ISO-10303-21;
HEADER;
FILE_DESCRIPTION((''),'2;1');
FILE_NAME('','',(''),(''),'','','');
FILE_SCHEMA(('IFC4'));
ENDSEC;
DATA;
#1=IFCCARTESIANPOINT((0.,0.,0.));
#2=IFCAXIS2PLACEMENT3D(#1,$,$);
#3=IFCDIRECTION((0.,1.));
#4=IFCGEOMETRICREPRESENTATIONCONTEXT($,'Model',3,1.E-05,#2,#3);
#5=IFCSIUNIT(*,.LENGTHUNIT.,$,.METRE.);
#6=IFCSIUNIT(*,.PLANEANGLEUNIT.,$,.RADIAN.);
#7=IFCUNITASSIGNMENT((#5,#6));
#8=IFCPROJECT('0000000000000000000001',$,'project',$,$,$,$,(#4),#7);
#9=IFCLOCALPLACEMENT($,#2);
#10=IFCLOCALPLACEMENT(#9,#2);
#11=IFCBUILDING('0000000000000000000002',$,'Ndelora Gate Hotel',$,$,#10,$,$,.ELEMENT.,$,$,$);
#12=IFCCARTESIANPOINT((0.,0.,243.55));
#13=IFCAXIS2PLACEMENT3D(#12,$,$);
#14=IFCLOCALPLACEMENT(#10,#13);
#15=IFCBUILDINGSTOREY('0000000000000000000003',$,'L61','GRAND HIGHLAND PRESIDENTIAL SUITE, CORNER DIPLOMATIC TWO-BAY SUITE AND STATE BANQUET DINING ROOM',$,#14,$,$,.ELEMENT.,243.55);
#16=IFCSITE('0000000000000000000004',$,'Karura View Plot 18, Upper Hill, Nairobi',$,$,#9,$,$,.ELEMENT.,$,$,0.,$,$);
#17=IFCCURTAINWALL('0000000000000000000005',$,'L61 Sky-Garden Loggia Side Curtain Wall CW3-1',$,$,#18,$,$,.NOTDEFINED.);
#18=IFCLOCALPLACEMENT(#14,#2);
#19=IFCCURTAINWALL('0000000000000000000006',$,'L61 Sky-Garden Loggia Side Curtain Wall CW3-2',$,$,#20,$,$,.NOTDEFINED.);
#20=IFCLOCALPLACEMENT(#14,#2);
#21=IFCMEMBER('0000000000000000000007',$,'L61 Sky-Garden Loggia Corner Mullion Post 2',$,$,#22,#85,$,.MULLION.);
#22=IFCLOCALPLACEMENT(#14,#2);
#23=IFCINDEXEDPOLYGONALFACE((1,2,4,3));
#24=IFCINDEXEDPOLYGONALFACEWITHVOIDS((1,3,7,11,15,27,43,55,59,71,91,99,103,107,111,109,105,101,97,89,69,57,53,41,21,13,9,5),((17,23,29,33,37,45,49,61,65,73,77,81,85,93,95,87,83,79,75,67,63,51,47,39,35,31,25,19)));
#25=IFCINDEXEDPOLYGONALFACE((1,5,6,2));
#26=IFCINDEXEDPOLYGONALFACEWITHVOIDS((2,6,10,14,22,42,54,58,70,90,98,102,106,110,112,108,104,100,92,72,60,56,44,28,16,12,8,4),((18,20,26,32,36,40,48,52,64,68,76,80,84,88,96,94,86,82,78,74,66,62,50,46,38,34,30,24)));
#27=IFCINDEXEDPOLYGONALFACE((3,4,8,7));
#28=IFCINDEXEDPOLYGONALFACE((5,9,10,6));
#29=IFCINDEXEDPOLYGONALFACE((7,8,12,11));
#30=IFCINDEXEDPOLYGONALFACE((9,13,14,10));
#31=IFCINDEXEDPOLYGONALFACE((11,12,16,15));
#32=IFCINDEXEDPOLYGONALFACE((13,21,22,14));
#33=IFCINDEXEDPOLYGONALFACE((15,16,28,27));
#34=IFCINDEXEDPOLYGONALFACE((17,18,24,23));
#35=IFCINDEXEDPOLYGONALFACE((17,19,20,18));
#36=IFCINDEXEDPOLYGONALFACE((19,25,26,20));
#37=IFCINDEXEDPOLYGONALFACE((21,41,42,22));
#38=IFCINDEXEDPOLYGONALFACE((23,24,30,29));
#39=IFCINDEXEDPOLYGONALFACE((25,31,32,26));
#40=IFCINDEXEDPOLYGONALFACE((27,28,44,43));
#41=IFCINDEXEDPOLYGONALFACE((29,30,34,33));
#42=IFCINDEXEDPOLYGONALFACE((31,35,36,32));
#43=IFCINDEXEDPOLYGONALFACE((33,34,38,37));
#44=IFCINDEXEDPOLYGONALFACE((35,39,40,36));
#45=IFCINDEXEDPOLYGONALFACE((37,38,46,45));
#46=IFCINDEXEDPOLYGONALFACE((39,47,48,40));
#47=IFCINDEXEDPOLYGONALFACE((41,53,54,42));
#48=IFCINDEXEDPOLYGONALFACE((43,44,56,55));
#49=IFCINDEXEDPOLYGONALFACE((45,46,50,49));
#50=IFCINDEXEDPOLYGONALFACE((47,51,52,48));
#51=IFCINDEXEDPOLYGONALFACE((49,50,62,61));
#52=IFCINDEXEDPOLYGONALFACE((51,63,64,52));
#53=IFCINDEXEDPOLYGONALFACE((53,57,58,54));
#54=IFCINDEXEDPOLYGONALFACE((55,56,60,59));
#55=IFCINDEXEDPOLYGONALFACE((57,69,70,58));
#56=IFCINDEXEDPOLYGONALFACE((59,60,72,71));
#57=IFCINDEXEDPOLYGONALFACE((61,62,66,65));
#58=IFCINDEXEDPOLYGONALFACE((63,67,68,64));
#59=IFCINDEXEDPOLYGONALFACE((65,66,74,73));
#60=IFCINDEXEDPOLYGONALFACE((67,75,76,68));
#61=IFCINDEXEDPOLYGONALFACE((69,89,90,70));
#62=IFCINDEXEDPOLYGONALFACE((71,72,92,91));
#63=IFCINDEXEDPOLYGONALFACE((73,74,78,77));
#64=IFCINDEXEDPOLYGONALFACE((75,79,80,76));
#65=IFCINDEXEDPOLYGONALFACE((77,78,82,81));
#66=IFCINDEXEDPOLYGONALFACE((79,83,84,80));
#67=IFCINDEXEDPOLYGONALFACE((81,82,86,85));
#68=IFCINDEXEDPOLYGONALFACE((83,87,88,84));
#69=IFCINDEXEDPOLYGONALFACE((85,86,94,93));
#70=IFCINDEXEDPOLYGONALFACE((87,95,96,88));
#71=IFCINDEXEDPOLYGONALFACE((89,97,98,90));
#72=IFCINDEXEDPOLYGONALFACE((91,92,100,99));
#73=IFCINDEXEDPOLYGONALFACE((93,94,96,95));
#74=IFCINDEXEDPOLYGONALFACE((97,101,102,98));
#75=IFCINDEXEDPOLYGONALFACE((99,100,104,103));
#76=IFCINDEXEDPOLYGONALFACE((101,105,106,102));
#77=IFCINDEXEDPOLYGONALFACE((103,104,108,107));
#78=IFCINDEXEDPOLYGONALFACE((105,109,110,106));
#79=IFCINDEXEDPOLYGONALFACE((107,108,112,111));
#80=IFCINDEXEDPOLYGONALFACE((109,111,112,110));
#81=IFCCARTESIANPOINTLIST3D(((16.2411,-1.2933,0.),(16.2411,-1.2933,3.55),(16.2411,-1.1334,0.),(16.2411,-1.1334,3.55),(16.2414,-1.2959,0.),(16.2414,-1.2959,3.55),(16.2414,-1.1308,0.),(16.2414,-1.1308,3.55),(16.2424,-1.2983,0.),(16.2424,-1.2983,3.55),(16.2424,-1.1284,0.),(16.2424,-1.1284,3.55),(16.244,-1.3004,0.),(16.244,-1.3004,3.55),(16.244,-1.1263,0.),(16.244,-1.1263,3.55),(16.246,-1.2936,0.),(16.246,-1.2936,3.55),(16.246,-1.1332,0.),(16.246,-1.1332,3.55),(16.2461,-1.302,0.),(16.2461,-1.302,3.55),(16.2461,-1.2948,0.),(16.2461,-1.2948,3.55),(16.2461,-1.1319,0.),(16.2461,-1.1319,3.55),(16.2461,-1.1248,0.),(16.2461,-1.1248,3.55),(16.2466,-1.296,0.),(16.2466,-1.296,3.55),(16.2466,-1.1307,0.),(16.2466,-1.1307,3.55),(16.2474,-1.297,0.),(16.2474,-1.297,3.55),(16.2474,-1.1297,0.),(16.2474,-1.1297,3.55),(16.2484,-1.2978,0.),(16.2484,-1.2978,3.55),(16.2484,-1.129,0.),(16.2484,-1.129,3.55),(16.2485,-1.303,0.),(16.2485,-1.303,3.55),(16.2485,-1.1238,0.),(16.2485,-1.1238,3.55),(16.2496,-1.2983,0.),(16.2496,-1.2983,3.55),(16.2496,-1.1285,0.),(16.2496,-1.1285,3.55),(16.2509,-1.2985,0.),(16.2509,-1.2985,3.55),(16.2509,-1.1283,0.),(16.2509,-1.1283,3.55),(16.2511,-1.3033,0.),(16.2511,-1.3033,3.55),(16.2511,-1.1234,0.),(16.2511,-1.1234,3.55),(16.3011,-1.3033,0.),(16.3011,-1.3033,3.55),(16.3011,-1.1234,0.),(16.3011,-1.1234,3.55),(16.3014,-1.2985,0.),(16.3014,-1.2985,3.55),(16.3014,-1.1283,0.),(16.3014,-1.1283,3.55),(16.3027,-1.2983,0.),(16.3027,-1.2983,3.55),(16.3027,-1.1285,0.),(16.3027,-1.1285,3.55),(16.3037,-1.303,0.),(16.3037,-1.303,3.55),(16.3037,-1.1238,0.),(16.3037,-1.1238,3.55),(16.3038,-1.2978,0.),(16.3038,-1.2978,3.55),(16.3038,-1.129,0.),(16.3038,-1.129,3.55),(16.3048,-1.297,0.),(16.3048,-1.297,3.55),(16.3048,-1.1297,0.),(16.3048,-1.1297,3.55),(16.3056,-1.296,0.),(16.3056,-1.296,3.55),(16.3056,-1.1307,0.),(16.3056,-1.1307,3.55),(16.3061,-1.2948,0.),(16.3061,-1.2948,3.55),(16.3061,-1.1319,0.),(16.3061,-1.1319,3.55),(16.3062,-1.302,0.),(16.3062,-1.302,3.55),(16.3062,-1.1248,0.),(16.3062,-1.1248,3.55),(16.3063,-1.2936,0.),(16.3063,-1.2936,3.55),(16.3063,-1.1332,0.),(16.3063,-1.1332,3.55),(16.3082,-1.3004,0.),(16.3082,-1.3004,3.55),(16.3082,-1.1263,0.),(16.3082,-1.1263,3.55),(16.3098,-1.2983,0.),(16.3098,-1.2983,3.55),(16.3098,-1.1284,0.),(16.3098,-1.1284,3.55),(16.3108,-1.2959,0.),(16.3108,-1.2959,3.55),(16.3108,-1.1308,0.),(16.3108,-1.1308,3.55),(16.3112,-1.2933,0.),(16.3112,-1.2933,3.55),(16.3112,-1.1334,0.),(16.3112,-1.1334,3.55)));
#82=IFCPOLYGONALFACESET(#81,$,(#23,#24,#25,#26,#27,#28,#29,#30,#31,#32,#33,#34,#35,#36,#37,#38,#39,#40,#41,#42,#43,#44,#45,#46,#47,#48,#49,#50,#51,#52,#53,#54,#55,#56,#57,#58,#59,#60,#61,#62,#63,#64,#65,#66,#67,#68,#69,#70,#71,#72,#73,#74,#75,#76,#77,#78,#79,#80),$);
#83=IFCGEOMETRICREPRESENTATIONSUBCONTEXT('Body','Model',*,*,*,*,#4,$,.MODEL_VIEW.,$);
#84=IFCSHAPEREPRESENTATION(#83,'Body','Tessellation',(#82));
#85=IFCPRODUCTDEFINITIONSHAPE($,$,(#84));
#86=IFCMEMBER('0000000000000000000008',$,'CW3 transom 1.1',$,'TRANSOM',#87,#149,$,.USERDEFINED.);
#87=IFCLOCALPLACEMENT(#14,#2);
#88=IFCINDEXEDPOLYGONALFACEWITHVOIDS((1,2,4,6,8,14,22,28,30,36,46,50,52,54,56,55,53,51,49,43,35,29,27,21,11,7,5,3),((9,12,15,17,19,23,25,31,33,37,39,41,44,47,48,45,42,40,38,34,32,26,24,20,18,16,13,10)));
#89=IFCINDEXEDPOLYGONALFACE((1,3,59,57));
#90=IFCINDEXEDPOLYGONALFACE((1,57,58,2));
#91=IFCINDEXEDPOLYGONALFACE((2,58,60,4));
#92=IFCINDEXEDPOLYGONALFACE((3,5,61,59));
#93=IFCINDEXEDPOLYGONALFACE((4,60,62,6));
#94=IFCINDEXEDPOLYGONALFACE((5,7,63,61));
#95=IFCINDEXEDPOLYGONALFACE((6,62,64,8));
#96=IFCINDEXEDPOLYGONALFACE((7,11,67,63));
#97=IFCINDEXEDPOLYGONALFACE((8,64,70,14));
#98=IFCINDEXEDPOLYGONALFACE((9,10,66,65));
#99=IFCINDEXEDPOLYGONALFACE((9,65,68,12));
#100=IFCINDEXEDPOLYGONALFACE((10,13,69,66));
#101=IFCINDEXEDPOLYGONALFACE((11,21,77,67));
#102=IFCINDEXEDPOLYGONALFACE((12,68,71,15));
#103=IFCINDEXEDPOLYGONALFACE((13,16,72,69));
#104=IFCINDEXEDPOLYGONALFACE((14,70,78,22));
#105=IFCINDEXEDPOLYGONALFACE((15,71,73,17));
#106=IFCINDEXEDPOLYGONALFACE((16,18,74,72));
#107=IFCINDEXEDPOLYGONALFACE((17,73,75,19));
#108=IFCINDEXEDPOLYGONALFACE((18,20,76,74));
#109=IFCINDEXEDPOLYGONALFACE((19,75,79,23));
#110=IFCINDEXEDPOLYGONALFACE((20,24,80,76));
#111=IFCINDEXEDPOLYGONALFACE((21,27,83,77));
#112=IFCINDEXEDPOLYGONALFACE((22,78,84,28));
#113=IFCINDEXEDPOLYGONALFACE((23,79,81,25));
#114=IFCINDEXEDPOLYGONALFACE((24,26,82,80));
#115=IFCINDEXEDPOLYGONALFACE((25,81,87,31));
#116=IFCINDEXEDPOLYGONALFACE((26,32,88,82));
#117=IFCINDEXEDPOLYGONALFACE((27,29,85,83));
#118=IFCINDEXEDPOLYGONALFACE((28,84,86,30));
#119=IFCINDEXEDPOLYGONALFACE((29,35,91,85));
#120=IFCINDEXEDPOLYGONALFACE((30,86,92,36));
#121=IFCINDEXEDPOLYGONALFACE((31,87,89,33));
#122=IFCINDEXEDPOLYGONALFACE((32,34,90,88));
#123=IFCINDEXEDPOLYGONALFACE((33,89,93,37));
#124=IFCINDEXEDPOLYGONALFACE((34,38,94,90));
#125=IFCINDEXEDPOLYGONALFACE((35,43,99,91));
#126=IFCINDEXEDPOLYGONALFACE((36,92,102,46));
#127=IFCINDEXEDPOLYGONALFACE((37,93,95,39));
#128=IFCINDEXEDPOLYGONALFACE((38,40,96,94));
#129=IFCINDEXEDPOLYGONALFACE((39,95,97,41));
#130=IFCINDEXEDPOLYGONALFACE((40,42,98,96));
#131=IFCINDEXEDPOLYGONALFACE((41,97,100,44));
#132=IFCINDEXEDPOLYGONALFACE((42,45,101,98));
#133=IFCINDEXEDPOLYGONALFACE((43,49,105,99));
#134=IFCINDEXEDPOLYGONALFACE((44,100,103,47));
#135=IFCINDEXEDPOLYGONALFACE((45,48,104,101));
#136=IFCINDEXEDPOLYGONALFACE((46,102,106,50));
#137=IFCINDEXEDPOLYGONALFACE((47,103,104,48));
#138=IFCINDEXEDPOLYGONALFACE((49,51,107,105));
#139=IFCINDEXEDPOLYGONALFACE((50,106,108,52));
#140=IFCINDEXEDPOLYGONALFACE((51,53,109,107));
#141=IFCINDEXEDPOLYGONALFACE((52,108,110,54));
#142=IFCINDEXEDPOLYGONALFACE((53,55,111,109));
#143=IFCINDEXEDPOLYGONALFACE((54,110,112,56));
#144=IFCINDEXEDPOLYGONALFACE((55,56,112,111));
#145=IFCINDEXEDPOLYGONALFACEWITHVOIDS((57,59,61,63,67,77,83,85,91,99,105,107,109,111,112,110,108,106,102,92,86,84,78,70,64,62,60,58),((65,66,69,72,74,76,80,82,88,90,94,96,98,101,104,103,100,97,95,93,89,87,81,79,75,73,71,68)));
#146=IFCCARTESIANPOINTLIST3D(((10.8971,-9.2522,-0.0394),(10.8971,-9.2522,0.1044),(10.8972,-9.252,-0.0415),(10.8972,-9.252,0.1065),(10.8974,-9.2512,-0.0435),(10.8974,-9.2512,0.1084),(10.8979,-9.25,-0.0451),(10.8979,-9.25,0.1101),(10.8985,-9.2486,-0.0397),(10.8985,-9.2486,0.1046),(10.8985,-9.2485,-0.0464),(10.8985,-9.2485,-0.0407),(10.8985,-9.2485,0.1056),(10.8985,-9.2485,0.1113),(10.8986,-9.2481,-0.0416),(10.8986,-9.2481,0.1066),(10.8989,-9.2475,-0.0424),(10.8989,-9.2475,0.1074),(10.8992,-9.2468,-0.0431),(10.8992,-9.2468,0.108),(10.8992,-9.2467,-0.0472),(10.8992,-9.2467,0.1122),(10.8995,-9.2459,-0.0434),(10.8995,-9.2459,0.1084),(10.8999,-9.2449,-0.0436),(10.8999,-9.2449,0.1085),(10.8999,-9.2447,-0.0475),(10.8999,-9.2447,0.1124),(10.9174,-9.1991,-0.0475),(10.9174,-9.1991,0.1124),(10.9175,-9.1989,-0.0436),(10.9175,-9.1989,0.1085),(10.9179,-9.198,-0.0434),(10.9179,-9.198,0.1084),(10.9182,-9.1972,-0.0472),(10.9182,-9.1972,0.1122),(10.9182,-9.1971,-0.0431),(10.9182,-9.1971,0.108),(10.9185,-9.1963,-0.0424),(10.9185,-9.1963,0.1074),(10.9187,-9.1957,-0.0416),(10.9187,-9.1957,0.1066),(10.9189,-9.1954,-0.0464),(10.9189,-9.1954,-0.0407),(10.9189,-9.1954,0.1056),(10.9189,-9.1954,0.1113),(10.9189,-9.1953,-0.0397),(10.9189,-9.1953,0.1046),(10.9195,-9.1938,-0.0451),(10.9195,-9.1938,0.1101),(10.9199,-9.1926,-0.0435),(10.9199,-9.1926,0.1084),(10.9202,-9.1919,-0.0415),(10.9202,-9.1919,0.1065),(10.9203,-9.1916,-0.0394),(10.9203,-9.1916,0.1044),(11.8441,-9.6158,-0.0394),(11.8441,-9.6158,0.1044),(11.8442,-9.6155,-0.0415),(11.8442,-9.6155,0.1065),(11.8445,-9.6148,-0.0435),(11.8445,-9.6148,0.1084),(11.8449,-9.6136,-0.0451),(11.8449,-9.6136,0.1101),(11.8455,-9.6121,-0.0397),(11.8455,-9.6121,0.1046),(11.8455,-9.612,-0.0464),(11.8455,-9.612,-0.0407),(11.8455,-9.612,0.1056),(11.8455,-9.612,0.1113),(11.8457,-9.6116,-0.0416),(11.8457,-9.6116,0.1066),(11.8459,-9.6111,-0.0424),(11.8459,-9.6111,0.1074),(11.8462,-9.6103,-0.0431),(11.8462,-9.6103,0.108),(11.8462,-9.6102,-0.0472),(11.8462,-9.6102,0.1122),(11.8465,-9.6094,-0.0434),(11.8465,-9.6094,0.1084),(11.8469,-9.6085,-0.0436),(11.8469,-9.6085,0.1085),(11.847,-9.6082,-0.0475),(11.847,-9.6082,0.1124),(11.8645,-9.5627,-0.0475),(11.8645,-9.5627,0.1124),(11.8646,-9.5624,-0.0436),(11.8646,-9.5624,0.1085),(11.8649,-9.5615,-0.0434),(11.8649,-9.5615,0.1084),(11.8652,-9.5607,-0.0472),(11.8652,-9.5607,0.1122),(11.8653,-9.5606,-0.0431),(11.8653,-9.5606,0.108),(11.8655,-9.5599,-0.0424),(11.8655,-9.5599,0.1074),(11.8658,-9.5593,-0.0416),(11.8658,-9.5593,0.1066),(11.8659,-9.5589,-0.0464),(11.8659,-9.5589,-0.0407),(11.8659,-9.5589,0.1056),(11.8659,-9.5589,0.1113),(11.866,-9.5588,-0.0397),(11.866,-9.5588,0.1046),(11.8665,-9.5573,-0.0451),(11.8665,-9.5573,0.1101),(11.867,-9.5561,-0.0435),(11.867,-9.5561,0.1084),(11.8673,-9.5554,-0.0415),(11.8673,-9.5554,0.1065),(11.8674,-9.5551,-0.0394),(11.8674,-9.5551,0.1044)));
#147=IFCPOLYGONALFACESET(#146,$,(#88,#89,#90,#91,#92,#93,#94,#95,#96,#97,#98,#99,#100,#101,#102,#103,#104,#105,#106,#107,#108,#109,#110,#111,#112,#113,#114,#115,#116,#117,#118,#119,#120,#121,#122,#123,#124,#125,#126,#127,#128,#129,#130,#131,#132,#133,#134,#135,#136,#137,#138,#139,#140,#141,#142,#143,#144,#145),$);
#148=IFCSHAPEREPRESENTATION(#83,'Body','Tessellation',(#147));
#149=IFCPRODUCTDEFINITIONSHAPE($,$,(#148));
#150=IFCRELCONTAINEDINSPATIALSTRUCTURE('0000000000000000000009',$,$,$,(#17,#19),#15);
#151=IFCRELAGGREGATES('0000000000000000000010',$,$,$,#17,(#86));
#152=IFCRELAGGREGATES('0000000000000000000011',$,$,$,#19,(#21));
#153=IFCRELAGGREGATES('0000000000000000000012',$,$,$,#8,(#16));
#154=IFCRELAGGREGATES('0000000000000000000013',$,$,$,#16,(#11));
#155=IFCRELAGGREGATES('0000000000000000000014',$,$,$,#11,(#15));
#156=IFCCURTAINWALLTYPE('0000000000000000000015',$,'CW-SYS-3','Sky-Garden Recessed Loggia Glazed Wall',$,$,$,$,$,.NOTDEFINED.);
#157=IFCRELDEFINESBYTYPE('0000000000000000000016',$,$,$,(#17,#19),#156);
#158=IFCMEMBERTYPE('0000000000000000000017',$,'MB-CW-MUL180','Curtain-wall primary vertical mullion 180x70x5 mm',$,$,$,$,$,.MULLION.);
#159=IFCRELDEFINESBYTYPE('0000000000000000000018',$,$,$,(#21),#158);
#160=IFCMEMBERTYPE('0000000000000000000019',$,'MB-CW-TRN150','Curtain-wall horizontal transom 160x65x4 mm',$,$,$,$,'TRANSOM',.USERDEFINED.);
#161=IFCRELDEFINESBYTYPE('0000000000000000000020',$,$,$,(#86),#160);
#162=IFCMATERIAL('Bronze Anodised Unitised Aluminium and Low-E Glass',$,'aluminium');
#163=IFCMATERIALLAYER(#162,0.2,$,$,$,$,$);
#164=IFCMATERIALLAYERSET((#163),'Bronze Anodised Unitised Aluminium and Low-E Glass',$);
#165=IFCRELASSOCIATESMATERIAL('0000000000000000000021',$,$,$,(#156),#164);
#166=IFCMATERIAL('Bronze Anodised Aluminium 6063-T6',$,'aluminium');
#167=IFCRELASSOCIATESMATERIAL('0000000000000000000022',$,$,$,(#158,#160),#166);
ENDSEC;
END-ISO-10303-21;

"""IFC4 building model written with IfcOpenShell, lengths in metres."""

from ifc_helpers import new_model, si_unit, direction, frame, origin, origin_2d, place, context, subcontext, project, spatial, hollow_rectangle, extrude, material, layer, layer_set, material_profile, profile_set, type_object, element, aggregate, save


model = new_model("IFC4")

# Units and contexts
model_context = context("Model", 3, precision=1e-05, world=origin(), true_north=direction((0.0, 1.0)))
body_context = subcontext(model_context, "Body", "Model", "MODEL_VIEW")
ifc_project = project(units=[si_unit("LENGTHUNIT", "METRE"), si_unit("PLANEANGLEUNIT", "RADIAN")], contexts=[model_context])

# Site, building, storey
site_placement = place(None, origin())
site = spatial("IfcSite", under=ifc_project, at=site_placement, Name="Karura View Plot 18, Upper Hill, Nairobi", CompositionType="ELEMENT", RefElevation=0.0)
building_placement = place(site_placement, origin())
building = spatial("IfcBuilding", under=site, at=building_placement, Name="Ndelora Gate Hotel", CompositionType="ELEMENT")
storey_placement = place(building_placement, frame((0.0, 0.0, 243.55)))
storey = spatial("IfcBuildingStorey", under=building, at=storey_placement, Name="L61", Description="GRAND HIGHLAND PRESIDENTIAL SUITE, CORNER DIPLOMATIC TWO-BAY SUITE AND STATE BANQUET DINING ROOM", CompositionType="ELEMENT", Elevation=243.55)

# Curtain wall
ifc_material_1 = material(Name="Bronze Anodised Unitised Aluminium and Low-E Glass", Category="aluminium")
ifc_layer_1 = layer(ifc_material_1, 0.2)
ifc_layer_set_1 = layer_set([ifc_layer_1], Name="Bronze Anodised Unitised Aluminium and Low-E Glass")
curtain_wall_type = type_object("IfcCurtainWallType", Name="CW-SYS-3", Description="Sky-Garden Recessed Loggia Glazed Wall", PredefinedType="NOTDEFINED", material=ifc_layer_set_1)
curtain_wall_1_placement = place(storey_placement, origin())
curtain_wall_1 = element("IfcCurtainWall", 1, at=curtain_wall_1_placement, inside=storey, type_object=curtain_wall_type, Name="L61 Sky-Garden Loggia Side Curtain Wall CW3-1", PredefinedType="NOTDEFINED")
ifc_material_2 = material(Name="Bronze Anodised Aluminium 6063-T6", Category="aluminium")

# Curtain wall, member
curtain_wall_2_placement = place(storey_placement, origin())
curtain_wall_2 = element("IfcCurtainWall", 2, at=curtain_wall_2_placement, inside=storey, type_object=curtain_wall_type, Name="L61 Sky-Garden Loggia Side Curtain Wall CW3-2", PredefinedType="NOTDEFINED")
ifc_material_profile_1 = material_profile(ifc_material_2, hollow_rectangle(XDim=0.0701, YDim=0.1799, WallThickness=0.0049, InnerFilletRadius=0.0049, OuterFilletRadius=0.01, at=origin_2d()), Name="ALU 180x70x5")
ifc_profile_set_1 = profile_set([ifc_material_profile_1], Name="Bronze Anodised Aluminium 6063-T6")
member_type_1 = type_object("IfcMemberType", Name="MB-CW-MUL180", Description="Curtain-wall primary vertical mullion 180x70x5 mm", PredefinedType="MULLION", material=ifc_profile_set_1)
member_1_placement = place(storey_placement, frame((16.2761, -1.2134, 0.0), z_axis=(0.0, 0.0, 1.0), x_axis=(1.0, 0.0, 0.0)))
member_1 = element("IfcMember", 3, at=member_1_placement, type_object=member_type_1, Name="L61 Sky-Garden Loggia Corner Mullion Post 2", PredefinedType="MULLION", context=body_context, shape_type="SweptSolid", body=[
    extrude(hollow_rectangle(XDim=0.0701, YDim=0.1799, WallThickness=0.0049, InnerFilletRadius=0.0049, OuterFilletRadius=0.01, at=origin_2d()), origin(), (0.0, 0.0, 1.0), 3.55),
])

# Member
ifc_material_profile_2 = material_profile(ifc_material_2, hollow_rectangle(XDim=0.0649, YDim=0.1599, WallThickness=0.0039, InnerFilletRadius=0.0039, OuterFilletRadius=0.0081, at=origin_2d()), Name="ALU 160x65x4")
ifc_profile_set_2 = profile_set([ifc_material_profile_2], Name="Bronze Anodised Aluminium 6063-T6")
member_type_2 = type_object("IfcMemberType", Name="MB-CW-TRN150", Description="Curtain-wall horizontal transom 160x65x4 mm", ElementType="TRANSOM", PredefinedType="USERDEFINED", material=ifc_profile_set_2)
member_2_placement = place(storey_placement, frame((10.9087, -9.2219, 0.0325), z_axis=(0.933581, -0.358366, 0.0), x_axis=(0.358366, 0.933581, 0.0)))
member_2 = element("IfcMember", 4, at=member_2_placement, type_object=member_type_2, Name="CW3 transom 1.1", ObjectType="TRANSOM", PredefinedType="USERDEFINED", context=body_context, shape_type="SweptSolid", body=[
    extrude(hollow_rectangle(XDim=0.0649, YDim=0.1599, WallThickness=0.0039, InnerFilletRadius=0.0039, OuterFilletRadius=0.0081, at=origin_2d()), origin(), (0.0, 0.0, 1.0), 1.0144),
])
aggregate(curtain_wall_1, [member_2])
aggregate(curtain_wall_2, [member_1])

save(model, "model.ifc")
